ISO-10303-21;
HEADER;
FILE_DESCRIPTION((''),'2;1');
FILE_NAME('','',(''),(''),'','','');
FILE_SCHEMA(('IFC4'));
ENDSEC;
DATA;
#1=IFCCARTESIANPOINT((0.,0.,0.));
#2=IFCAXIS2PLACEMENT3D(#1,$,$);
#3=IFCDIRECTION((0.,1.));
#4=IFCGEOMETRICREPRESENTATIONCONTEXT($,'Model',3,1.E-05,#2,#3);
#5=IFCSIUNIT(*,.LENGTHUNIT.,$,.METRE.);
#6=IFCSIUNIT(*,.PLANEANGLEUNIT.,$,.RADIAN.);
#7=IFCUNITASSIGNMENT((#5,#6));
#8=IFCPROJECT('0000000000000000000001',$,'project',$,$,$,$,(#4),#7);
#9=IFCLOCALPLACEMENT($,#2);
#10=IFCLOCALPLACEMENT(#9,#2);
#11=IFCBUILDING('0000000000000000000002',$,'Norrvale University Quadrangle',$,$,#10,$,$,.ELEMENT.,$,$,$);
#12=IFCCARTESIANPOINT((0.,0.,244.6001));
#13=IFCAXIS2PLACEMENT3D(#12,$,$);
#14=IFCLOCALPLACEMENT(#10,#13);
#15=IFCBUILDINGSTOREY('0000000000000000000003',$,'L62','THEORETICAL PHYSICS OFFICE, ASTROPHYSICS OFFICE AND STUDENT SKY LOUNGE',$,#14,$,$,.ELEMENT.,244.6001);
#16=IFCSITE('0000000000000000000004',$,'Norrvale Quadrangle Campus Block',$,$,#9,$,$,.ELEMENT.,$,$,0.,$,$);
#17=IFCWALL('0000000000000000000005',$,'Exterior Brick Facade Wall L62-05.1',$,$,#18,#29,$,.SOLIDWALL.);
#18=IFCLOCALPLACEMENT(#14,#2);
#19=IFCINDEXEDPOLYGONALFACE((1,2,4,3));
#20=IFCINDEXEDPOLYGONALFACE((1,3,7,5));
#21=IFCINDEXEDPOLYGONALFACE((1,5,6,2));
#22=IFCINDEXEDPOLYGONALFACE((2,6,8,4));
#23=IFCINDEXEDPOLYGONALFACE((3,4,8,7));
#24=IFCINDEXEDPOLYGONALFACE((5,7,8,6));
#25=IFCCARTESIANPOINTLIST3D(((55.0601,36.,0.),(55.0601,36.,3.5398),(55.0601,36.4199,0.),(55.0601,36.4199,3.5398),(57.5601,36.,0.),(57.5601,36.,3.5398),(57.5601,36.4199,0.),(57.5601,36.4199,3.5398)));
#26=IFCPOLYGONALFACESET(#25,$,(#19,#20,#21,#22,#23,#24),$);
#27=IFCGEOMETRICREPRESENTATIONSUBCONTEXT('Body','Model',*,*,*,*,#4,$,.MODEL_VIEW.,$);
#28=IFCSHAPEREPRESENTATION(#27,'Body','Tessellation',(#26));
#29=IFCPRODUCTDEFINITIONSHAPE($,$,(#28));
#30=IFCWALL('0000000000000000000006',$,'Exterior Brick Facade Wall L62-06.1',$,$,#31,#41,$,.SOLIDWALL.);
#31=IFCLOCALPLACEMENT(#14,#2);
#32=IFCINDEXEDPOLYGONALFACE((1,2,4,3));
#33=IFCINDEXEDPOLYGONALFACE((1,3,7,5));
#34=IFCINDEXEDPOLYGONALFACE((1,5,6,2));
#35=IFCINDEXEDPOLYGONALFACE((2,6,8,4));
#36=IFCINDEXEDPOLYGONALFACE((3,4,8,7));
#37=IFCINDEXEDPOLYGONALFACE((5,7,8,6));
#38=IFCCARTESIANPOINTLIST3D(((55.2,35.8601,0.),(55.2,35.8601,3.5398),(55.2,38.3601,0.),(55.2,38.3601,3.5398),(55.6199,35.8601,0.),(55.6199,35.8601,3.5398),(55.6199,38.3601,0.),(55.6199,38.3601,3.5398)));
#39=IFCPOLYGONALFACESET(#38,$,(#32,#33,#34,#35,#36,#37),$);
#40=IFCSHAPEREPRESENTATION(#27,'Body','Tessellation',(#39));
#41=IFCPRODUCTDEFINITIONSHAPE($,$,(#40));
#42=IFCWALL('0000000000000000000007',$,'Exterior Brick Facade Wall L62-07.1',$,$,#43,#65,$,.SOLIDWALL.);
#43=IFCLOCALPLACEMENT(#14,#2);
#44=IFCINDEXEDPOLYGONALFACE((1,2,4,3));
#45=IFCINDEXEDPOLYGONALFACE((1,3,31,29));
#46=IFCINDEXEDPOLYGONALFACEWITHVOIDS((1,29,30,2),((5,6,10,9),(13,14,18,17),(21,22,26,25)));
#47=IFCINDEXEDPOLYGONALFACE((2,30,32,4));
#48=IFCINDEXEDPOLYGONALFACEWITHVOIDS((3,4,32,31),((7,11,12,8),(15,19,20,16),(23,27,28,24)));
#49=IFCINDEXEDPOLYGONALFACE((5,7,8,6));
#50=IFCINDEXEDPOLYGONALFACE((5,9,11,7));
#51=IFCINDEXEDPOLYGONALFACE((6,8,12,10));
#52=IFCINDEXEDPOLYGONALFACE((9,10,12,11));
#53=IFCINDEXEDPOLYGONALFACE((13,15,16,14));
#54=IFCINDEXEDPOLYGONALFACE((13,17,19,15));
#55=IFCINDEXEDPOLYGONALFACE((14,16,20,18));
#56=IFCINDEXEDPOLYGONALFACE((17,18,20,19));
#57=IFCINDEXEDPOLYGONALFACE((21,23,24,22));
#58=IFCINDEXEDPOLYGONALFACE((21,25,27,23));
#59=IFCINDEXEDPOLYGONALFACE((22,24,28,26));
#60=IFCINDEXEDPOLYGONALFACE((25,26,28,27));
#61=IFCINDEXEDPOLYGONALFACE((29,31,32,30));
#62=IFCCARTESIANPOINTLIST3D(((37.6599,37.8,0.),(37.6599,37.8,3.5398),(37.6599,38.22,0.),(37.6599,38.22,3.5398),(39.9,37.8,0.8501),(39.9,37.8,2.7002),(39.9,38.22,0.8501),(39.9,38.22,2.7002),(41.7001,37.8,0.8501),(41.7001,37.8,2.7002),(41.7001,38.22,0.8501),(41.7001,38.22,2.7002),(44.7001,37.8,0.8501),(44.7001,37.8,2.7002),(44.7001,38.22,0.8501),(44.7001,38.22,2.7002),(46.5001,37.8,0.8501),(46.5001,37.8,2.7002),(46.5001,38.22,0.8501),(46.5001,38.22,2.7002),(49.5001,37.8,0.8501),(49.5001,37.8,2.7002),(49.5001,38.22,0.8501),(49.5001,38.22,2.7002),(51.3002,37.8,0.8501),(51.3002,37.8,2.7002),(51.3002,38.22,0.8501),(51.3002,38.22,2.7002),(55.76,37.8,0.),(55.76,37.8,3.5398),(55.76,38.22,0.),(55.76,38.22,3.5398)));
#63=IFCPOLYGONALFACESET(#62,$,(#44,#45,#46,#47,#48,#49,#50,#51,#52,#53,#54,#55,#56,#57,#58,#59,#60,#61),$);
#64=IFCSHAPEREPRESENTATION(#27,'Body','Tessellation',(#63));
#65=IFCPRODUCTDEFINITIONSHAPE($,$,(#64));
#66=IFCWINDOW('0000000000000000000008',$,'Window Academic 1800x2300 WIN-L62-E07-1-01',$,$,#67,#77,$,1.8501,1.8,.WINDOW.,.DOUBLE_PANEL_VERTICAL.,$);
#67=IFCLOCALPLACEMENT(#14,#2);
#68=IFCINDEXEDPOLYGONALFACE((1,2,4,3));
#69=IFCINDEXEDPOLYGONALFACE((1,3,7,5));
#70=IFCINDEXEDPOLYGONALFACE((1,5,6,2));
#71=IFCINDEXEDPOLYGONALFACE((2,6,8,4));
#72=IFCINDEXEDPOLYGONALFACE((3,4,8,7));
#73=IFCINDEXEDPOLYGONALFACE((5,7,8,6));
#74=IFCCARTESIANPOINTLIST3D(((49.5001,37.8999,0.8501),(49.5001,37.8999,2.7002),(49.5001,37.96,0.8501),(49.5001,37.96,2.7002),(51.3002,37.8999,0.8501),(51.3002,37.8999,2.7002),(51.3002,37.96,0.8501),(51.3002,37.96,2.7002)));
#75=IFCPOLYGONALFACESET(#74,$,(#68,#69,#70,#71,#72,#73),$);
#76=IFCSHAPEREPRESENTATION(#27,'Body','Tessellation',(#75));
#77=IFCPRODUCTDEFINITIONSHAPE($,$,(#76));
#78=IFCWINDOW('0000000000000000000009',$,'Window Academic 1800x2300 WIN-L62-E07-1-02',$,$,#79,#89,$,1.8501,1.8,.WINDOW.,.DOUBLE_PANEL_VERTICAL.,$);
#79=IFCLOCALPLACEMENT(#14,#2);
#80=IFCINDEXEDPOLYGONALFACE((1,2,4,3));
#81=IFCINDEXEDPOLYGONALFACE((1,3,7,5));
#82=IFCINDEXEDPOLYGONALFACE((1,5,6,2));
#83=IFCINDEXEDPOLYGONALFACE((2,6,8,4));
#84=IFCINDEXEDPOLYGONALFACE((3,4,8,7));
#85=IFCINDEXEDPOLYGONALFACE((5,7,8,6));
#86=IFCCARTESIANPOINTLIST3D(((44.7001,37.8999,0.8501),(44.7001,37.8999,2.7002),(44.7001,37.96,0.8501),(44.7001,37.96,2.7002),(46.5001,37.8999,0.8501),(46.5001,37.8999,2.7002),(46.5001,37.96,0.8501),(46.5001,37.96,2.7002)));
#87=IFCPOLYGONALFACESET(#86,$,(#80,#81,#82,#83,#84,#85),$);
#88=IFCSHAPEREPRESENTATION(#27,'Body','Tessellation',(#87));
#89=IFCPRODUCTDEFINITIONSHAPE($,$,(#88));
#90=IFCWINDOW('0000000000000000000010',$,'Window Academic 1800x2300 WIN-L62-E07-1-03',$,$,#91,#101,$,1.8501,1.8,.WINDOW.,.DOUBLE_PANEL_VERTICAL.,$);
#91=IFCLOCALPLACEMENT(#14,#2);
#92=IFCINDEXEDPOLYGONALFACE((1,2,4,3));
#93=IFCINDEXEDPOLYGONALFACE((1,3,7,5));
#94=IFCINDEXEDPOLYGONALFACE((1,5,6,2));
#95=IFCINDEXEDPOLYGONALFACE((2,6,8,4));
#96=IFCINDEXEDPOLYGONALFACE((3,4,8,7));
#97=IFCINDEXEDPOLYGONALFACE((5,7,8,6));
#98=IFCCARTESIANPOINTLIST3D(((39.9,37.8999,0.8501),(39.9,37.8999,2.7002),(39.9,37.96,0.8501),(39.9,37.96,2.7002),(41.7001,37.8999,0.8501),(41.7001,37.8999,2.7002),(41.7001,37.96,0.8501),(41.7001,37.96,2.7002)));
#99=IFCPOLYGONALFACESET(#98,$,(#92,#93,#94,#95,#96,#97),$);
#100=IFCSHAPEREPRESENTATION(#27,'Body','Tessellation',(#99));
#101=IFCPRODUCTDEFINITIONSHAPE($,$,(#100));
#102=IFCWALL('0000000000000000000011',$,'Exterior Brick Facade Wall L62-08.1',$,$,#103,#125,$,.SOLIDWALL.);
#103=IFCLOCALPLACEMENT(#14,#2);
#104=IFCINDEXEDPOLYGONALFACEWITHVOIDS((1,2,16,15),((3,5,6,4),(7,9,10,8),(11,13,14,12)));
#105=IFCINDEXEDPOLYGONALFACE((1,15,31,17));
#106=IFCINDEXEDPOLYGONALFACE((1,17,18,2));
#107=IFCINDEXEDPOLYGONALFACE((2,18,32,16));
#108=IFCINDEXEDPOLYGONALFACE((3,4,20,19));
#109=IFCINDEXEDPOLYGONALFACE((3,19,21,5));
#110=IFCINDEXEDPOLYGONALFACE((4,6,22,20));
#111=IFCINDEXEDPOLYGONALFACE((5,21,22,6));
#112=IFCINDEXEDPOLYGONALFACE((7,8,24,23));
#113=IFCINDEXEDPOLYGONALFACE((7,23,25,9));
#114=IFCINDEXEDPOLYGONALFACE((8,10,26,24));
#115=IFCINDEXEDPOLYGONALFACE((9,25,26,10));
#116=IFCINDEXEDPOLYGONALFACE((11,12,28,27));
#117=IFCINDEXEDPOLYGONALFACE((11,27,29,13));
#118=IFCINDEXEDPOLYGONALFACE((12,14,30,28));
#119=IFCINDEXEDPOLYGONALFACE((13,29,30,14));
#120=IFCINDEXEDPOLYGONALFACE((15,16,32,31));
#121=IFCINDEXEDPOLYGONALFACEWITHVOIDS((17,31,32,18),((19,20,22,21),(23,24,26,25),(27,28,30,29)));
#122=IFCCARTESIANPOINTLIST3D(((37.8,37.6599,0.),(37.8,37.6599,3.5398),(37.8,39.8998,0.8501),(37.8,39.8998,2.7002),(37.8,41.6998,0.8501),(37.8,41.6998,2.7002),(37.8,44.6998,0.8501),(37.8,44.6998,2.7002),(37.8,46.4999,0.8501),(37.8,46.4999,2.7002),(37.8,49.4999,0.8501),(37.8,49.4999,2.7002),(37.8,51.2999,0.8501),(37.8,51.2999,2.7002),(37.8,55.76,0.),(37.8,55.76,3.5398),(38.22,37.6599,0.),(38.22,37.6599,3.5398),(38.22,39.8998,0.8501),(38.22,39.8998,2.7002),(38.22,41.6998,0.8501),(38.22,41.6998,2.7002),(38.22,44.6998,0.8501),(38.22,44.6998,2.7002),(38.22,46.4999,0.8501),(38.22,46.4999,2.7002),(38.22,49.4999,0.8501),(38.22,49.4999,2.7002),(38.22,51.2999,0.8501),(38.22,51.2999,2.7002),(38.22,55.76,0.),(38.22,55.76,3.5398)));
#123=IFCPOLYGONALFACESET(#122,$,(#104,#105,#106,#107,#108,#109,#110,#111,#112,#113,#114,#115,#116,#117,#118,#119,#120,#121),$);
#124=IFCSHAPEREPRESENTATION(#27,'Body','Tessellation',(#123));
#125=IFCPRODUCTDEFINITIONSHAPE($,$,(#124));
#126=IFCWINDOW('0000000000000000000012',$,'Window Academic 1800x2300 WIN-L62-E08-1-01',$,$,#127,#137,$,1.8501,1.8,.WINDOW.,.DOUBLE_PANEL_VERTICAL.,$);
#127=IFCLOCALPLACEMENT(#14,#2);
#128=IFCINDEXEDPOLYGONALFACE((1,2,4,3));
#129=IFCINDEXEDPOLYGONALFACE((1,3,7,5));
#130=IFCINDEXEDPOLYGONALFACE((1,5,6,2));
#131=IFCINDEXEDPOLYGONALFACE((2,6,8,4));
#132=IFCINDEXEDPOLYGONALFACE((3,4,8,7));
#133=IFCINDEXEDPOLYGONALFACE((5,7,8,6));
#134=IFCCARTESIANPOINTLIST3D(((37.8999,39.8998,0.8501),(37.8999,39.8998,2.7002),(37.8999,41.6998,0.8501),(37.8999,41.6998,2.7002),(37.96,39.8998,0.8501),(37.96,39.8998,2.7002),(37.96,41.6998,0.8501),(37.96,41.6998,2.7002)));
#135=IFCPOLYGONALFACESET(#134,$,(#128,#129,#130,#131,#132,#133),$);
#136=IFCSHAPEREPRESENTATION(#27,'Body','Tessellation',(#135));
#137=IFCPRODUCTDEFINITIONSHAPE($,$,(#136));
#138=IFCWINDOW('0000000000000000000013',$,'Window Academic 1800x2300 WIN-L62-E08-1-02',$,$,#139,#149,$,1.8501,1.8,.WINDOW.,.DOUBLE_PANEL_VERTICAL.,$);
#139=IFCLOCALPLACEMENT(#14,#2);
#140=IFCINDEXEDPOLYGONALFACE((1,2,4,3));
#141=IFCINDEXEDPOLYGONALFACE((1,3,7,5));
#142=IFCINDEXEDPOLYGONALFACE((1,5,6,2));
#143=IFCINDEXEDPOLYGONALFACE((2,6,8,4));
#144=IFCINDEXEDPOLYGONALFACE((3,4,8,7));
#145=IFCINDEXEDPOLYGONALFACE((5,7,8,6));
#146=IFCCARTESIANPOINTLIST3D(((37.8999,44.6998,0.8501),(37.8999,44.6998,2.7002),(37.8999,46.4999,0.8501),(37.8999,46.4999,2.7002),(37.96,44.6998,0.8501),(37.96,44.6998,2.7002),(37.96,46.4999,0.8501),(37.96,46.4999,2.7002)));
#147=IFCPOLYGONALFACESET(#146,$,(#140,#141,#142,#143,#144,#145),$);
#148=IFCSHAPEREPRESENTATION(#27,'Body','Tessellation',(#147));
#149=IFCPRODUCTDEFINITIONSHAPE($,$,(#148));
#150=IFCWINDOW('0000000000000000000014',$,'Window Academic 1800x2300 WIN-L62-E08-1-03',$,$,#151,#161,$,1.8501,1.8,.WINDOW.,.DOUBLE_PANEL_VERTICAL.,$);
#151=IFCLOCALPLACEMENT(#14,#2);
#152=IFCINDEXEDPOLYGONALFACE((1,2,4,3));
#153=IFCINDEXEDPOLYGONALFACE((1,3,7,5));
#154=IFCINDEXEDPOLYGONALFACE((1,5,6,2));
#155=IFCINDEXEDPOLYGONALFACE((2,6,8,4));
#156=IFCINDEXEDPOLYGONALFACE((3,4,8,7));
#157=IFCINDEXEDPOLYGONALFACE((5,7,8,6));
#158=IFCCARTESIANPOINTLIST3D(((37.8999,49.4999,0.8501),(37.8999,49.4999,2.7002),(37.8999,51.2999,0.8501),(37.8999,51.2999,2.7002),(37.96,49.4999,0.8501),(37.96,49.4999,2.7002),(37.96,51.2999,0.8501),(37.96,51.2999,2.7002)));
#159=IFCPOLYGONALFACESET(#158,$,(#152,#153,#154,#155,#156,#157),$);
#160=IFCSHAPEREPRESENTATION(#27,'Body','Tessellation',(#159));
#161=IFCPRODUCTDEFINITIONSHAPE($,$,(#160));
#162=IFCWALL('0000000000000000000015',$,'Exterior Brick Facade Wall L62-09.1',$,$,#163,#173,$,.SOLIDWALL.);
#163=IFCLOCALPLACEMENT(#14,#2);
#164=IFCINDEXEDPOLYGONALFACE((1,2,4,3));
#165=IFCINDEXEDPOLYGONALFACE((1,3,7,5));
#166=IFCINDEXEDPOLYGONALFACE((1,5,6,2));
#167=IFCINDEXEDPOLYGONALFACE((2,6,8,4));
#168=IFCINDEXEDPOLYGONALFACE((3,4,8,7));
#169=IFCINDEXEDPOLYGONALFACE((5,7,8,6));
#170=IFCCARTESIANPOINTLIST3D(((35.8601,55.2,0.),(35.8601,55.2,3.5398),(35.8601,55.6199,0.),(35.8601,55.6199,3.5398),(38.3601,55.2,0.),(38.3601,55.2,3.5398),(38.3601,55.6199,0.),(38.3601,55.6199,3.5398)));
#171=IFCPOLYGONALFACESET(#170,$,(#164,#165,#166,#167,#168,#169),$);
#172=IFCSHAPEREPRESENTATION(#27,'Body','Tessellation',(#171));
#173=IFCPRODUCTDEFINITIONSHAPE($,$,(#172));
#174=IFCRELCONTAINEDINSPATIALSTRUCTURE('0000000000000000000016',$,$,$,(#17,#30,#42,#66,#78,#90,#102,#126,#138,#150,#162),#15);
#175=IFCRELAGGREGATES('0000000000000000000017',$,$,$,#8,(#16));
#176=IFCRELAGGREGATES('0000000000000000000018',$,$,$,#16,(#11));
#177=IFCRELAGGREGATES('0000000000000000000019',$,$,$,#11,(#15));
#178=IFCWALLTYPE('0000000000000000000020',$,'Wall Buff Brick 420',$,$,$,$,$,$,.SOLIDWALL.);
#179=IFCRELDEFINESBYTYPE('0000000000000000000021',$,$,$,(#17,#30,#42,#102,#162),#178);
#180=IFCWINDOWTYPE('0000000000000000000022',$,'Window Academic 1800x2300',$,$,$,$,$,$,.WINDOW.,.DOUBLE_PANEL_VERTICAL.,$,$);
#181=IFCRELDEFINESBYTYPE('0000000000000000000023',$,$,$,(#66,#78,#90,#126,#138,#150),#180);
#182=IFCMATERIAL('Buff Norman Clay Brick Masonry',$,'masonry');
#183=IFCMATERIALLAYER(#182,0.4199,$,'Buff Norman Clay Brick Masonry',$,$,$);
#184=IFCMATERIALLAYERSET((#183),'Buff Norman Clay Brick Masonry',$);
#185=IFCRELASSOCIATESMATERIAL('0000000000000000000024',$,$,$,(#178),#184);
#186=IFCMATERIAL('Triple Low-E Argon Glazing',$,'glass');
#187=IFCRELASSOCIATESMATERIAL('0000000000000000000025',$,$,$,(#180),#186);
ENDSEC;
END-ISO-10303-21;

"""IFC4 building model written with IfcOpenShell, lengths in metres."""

from ifc_helpers import new_model, si_unit, direction, frame, frame_2d, origin, place, context, subcontext, project, spatial, rectangle, extrude, material, layer, layer_set, type_object, element, fill, save


model = new_model("IFC4")

# Units and contexts
model_context = context("Model", 3, precision=1e-05, world=origin(), true_north=direction((0.0, 1.0)))
body_context = subcontext(model_context, "Body", "Model", "MODEL_VIEW")
ifc_project = project(units=[si_unit("LENGTHUNIT", "METRE"), si_unit("PLANEANGLEUNIT", "RADIAN")], contexts=[model_context])

# Site, building, storey
site_placement = place(None, origin())
site = spatial("IfcSite", under=ifc_project, at=site_placement, Name="Norrvale Quadrangle Campus Block", CompositionType="ELEMENT", RefElevation=0.0)
building_placement = place(site_placement, origin())
building = spatial("IfcBuilding", under=site, at=building_placement, Name="Norrvale University Quadrangle", CompositionType="ELEMENT")
storey_placement = place(building_placement, frame((0.0, 0.0, 244.6001)))
storey = spatial("IfcBuildingStorey", under=building, at=storey_placement, Name="L62", Description="THEORETICAL PHYSICS OFFICE, ASTROPHYSICS OFFICE AND STUDENT SKY LOUNGE", CompositionType="ELEMENT", Elevation=244.6001)

# Walls
ifc_material_1 = material(Name="Buff Norman Clay Brick Masonry", Category="masonry")
ifc_layer = layer(ifc_material_1, 0.4199, Name="Buff Norman Clay Brick Masonry")
ifc_layer_set = layer_set([ifc_layer], Name="Buff Norman Clay Brick Masonry")
wall_type = type_object("IfcWallType", Name="Wall Buff Brick 420", PredefinedType="SOLIDWALL", material=ifc_layer_set)
for number, where, z_axis, x_axis, name in (
    (1, (57.5601, 36.21, 0.0), (0.0, 0.0, 1.0), (-1.0, 0.0, 0.0), "Exterior Brick Facade Wall L62-05.1"),
    (2, (55.4099, 35.8601, 0.0), (0.0, 0.0, 1.0), (0.0, 1.0, 0.0), "Exterior Brick Facade Wall L62-06.1"),
):
    element("IfcWall", number, at=place(storey_placement, frame(where, z_axis=z_axis, x_axis=x_axis)), inside=storey, type_object=wall_type, Name=name, PredefinedType="SOLIDWALL", context=body_context, shape_type="SweptSolid", body=[
        extrude(rectangle(XDim=2.5, YDim=0.4199, at=frame_2d((1.25, 0.0))), origin(), (0.0, 0.0, 1.0), 3.5398),
    ])

# Walls, openings, windows
wall_1_placement = place(storey_placement, frame((55.76, 38.01, 0.0), z_axis=(0.0, 0.0, 1.0), x_axis=(-1.0, 0.0, 0.0)))
wall_1 = element("IfcWall", 3, at=wall_1_placement, inside=storey, type_object=wall_type, Name="Exterior Brick Facade Wall L62-07.1", PredefinedType="SOLIDWALL", context=body_context, shape_type="SweptSolid", body=[
    extrude(rectangle(XDim=18.1001, YDim=0.4199, at=frame_2d((9.05, 0.0))), origin(), (0.0, 0.0, 1.0), 3.5398),
])
opening_1_placement = place(wall_1_placement, frame((4.46, 0.0, 0.8501)))
opening_1 = element("IfcOpeningElement", 4, at=opening_1_placement, cuts=wall_1, PredefinedType="OPENING", context=body_context, shape_type="SweptSolid", body=[
    extrude(rectangle(XDim=1.8, YDim=1.8501, at=frame_2d((0.8999, 0.925))), frame((0.0, 0.2219, 0.0), z_axis=(0.0, -1.0, 0.0), x_axis=(1.0, 0.0, 0.0)), (0.0, 0.0, 1.0), 0.4438),
])
opening_2_placement = place(wall_1_placement, frame((9.26, 0.0, 0.8501)))
opening_2 = element("IfcOpeningElement", 5, at=opening_2_placement, cuts=wall_1, PredefinedType="OPENING", context=body_context, shape_type="SweptSolid", body=[
    extrude(rectangle(XDim=1.8, YDim=1.8501, at=frame_2d((0.8999, 0.925))), frame((0.0, 0.2219, 0.0), z_axis=(0.0, -1.0, 0.0), x_axis=(1.0, 0.0, 0.0)), (0.0, 0.0, 1.0), 0.4438),
])
opening_3_placement = place(wall_1_placement, frame((14.0601, 0.0, 0.8501)))
opening_3 = element("IfcOpeningElement", 6, at=opening_3_placement, cuts=wall_1, PredefinedType="OPENING", context=body_context, shape_type="SweptSolid", body=[
    extrude(rectangle(XDim=1.8, YDim=1.8501, at=frame_2d((0.8999, 0.925))), frame((0.0, 0.2219, 0.0), z_axis=(0.0, -1.0, 0.0), x_axis=(1.0, 0.0, 0.0)), (0.0, 0.0, 1.0), 0.4438),
])
ifc_material_2 = material(Name="Triple Low-E Argon Glazing", Category="glass")
window_type_1 = type_object("IfcWindowType", Name="Window Academic 1800x2300", PartitioningType="DOUBLE_PANEL_VERTICAL", PredefinedType="WINDOW", material=ifc_material_2)
window_1_placement = place(opening_1_placement, origin())
window_1 = element("IfcWindow", 7, at=window_1_placement, inside=storey, type_object=window_type_1, Name="Window Academic 1800x2300 WIN-L62-E07-1-01", OverallHeight=1.8501, OverallWidth=1.8, PartitioningType="DOUBLE_PANEL_VERTICAL", PredefinedType="WINDOW", context=body_context, shape_type="SweptSolid", body=[
    extrude(rectangle(XDim=1.8, YDim=1.8501, at=frame_2d((0.8999, 0.925))), frame((0.0, 0.1101, 0.0), z_axis=(0.0, -1.0, 0.0), x_axis=(1.0, 0.0, 0.0)), (0.0, 0.0, 1.0), 0.0601),
])
fill(opening_1, window_1)
window_2_placement = place(opening_2_placement, origin())
window_2 = element("IfcWindow", 8, at=window_2_placement, inside=storey, type_object=window_type_1, Name="Window Academic 1800x2300 WIN-L62-E07-1-02", OverallHeight=1.8501, OverallWidth=1.8, PartitioningType="DOUBLE_PANEL_VERTICAL", PredefinedType="WINDOW", context=body_context, shape_type="SweptSolid", body=[
    extrude(rectangle(XDim=1.8, YDim=1.8501, at=frame_2d((0.8999, 0.925))), frame((0.0, 0.1101, 0.0), z_axis=(0.0, -1.0, 0.0), x_axis=(1.0, 0.0, 0.0)), (0.0, 0.0, 1.0), 0.0601),
])
fill(opening_2, window_2)
window_3_placement = place(opening_3_placement, origin())
window_3 = element("IfcWindow", 9, at=window_3_placement, inside=storey, type_object=window_type_1, Name="Window Academic 1800x2300 WIN-L62-E07-1-03", OverallHeight=1.8501, OverallWidth=1.8, PartitioningType="DOUBLE_PANEL_VERTICAL", PredefinedType="WINDOW", context=body_context, shape_type="SweptSolid", body=[
    extrude(rectangle(XDim=1.8, YDim=1.8501, at=frame_2d((0.8999, 0.925))), frame((0.0, 0.1101, 0.0), z_axis=(0.0, -1.0, 0.0), x_axis=(1.0, 0.0, 0.0)), (0.0, 0.0, 1.0), 0.0601),
])
fill(opening_3, window_3)
wall_2_placement = place(storey_placement, frame((38.01, 37.6599, 0.0), z_axis=(0.0, 0.0, 1.0), x_axis=(0.0, 1.0, 0.0)))
wall_2 = element("IfcWall", 10, at=wall_2_placement, inside=storey, type_object=wall_type, Name="Exterior Brick Facade Wall L62-08.1", PredefinedType="SOLIDWALL", context=body_context, shape_type="SweptSolid", body=[
    extrude(rectangle(XDim=18.1001, YDim=0.4199, at=frame_2d((9.05, 0.0))), origin(), (0.0, 0.0, 1.0), 3.5398),
])
opening_4_placement = place(wall_2_placement, frame((2.24, 0.0, 0.8501)))
opening_4 = element("IfcOpeningElement", 11, at=opening_4_placement, cuts=wall_2, PredefinedType="OPENING", context=body_context, shape_type="SweptSolid", body=[
    extrude(rectangle(XDim=1.8, YDim=1.8501, at=frame_2d((0.8999, 0.925))), frame((0.0, 0.2219, 0.0), z_axis=(0.0, -1.0, 0.0), x_axis=(1.0, 0.0, 0.0)), (0.0, 0.0, 1.0), 0.4438),
])
opening_5_placement = place(wall_2_placement, frame((7.04, 0.0, 0.8501)))
opening_5 = element("IfcOpeningElement", 12, at=opening_5_placement, cuts=wall_2, PredefinedType="OPENING", context=body_context, shape_type="SweptSolid", body=[
    extrude(rectangle(XDim=1.8, YDim=1.8501, at=frame_2d((0.8999, 0.925))), frame((0.0, 0.2219, 0.0), z_axis=(0.0, -1.0, 0.0), x_axis=(1.0, 0.0, 0.0)), (0.0, 0.0, 1.0), 0.4438),
])
opening_6_placement = place(wall_2_placement, frame((11.8401, 0.0, 0.8501)))
opening_6 = element("IfcOpeningElement", 13, at=opening_6_placement, cuts=wall_2, PredefinedType="OPENING", context=body_context, shape_type="SweptSolid", body=[
    extrude(rectangle(XDim=1.8, YDim=1.8501, at=frame_2d((0.8999, 0.925))), frame((0.0, 0.2219, 0.0), z_axis=(0.0, -1.0, 0.0), x_axis=(1.0, 0.0, 0.0)), (0.0, 0.0, 1.0), 0.4438),
])
window_4_placement = place(opening_4_placement, origin())
window_4 = element("IfcWindow", 14, at=window_4_placement, inside=storey, type_object=window_type_1, Name="Window Academic 1800x2300 WIN-L62-E08-1-01", OverallHeight=1.8501, OverallWidth=1.8, PartitioningType="DOUBLE_PANEL_VERTICAL", PredefinedType="WINDOW", context=body_context, shape_type="SweptSolid", body=[
    extrude(rectangle(XDim=1.8, YDim=1.8501, at=frame_2d((0.8999, 0.925))), frame((0.0, 0.1101, 0.0), z_axis=(0.0, -1.0, 0.0), x_axis=(1.0, 0.0, 0.0)), (0.0, 0.0, 1.0), 0.0601),
])
fill(opening_4, window_4)
window_5_placement = place(opening_5_placement, origin())
window_5 = element("IfcWindow", 15, at=window_5_placement, inside=storey, type_object=window_type_1, Name="Window Academic 1800x2300 WIN-L62-E08-1-02", OverallHeight=1.8501, OverallWidth=1.8, PartitioningType="DOUBLE_PANEL_VERTICAL", PredefinedType="WINDOW", context=body_context, shape_type="SweptSolid", body=[
    extrude(rectangle(XDim=1.8, YDim=1.8501, at=frame_2d((0.8999, 0.925))), frame((0.0, 0.1101, 0.0), z_axis=(0.0, -1.0, 0.0), x_axis=(1.0, 0.0, 0.0)), (0.0, 0.0, 1.0), 0.0601),
])
fill(opening_5, window_5)
window_6_placement = place(opening_6_placement, origin())
window_6 = element("IfcWindow", 16, at=window_6_placement, inside=storey, type_object=window_type_1, Name="Window Academic 1800x2300 WIN-L62-E08-1-03", OverallHeight=1.8501, OverallWidth=1.8, PartitioningType="DOUBLE_PANEL_VERTICAL", PredefinedType="WINDOW", context=body_context, shape_type="SweptSolid", body=[
    extrude(rectangle(XDim=1.8, YDim=1.8501, at=frame_2d((0.8999, 0.925))), frame((0.0, 0.1101, 0.0), z_axis=(0.0, -1.0, 0.0), x_axis=(1.0, 0.0, 0.0)), (0.0, 0.0, 1.0), 0.0601),
])
fill(opening_6, window_6)

# Wall
for number, where, z_axis, x_axis, name in (
    (17, (38.3601, 55.4099, 0.0), (0.0, 0.0, 1.0), (-1.0, 0.0, 0.0), "Exterior Brick Facade Wall L62-09.1"),
):
    element("IfcWall", number, at=place(storey_placement, frame(where, z_axis=z_axis, x_axis=x_axis)), inside=storey, type_object=wall_type, Name=name, PredefinedType="SOLIDWALL", context=body_context, shape_type="SweptSolid", body=[
        extrude(rectangle(XDim=2.5, YDim=0.4199, at=frame_2d((1.25, 0.0))), origin(), (0.0, 0.0, 1.0), 3.5398),
    ])

save(model, "model.ifc")
